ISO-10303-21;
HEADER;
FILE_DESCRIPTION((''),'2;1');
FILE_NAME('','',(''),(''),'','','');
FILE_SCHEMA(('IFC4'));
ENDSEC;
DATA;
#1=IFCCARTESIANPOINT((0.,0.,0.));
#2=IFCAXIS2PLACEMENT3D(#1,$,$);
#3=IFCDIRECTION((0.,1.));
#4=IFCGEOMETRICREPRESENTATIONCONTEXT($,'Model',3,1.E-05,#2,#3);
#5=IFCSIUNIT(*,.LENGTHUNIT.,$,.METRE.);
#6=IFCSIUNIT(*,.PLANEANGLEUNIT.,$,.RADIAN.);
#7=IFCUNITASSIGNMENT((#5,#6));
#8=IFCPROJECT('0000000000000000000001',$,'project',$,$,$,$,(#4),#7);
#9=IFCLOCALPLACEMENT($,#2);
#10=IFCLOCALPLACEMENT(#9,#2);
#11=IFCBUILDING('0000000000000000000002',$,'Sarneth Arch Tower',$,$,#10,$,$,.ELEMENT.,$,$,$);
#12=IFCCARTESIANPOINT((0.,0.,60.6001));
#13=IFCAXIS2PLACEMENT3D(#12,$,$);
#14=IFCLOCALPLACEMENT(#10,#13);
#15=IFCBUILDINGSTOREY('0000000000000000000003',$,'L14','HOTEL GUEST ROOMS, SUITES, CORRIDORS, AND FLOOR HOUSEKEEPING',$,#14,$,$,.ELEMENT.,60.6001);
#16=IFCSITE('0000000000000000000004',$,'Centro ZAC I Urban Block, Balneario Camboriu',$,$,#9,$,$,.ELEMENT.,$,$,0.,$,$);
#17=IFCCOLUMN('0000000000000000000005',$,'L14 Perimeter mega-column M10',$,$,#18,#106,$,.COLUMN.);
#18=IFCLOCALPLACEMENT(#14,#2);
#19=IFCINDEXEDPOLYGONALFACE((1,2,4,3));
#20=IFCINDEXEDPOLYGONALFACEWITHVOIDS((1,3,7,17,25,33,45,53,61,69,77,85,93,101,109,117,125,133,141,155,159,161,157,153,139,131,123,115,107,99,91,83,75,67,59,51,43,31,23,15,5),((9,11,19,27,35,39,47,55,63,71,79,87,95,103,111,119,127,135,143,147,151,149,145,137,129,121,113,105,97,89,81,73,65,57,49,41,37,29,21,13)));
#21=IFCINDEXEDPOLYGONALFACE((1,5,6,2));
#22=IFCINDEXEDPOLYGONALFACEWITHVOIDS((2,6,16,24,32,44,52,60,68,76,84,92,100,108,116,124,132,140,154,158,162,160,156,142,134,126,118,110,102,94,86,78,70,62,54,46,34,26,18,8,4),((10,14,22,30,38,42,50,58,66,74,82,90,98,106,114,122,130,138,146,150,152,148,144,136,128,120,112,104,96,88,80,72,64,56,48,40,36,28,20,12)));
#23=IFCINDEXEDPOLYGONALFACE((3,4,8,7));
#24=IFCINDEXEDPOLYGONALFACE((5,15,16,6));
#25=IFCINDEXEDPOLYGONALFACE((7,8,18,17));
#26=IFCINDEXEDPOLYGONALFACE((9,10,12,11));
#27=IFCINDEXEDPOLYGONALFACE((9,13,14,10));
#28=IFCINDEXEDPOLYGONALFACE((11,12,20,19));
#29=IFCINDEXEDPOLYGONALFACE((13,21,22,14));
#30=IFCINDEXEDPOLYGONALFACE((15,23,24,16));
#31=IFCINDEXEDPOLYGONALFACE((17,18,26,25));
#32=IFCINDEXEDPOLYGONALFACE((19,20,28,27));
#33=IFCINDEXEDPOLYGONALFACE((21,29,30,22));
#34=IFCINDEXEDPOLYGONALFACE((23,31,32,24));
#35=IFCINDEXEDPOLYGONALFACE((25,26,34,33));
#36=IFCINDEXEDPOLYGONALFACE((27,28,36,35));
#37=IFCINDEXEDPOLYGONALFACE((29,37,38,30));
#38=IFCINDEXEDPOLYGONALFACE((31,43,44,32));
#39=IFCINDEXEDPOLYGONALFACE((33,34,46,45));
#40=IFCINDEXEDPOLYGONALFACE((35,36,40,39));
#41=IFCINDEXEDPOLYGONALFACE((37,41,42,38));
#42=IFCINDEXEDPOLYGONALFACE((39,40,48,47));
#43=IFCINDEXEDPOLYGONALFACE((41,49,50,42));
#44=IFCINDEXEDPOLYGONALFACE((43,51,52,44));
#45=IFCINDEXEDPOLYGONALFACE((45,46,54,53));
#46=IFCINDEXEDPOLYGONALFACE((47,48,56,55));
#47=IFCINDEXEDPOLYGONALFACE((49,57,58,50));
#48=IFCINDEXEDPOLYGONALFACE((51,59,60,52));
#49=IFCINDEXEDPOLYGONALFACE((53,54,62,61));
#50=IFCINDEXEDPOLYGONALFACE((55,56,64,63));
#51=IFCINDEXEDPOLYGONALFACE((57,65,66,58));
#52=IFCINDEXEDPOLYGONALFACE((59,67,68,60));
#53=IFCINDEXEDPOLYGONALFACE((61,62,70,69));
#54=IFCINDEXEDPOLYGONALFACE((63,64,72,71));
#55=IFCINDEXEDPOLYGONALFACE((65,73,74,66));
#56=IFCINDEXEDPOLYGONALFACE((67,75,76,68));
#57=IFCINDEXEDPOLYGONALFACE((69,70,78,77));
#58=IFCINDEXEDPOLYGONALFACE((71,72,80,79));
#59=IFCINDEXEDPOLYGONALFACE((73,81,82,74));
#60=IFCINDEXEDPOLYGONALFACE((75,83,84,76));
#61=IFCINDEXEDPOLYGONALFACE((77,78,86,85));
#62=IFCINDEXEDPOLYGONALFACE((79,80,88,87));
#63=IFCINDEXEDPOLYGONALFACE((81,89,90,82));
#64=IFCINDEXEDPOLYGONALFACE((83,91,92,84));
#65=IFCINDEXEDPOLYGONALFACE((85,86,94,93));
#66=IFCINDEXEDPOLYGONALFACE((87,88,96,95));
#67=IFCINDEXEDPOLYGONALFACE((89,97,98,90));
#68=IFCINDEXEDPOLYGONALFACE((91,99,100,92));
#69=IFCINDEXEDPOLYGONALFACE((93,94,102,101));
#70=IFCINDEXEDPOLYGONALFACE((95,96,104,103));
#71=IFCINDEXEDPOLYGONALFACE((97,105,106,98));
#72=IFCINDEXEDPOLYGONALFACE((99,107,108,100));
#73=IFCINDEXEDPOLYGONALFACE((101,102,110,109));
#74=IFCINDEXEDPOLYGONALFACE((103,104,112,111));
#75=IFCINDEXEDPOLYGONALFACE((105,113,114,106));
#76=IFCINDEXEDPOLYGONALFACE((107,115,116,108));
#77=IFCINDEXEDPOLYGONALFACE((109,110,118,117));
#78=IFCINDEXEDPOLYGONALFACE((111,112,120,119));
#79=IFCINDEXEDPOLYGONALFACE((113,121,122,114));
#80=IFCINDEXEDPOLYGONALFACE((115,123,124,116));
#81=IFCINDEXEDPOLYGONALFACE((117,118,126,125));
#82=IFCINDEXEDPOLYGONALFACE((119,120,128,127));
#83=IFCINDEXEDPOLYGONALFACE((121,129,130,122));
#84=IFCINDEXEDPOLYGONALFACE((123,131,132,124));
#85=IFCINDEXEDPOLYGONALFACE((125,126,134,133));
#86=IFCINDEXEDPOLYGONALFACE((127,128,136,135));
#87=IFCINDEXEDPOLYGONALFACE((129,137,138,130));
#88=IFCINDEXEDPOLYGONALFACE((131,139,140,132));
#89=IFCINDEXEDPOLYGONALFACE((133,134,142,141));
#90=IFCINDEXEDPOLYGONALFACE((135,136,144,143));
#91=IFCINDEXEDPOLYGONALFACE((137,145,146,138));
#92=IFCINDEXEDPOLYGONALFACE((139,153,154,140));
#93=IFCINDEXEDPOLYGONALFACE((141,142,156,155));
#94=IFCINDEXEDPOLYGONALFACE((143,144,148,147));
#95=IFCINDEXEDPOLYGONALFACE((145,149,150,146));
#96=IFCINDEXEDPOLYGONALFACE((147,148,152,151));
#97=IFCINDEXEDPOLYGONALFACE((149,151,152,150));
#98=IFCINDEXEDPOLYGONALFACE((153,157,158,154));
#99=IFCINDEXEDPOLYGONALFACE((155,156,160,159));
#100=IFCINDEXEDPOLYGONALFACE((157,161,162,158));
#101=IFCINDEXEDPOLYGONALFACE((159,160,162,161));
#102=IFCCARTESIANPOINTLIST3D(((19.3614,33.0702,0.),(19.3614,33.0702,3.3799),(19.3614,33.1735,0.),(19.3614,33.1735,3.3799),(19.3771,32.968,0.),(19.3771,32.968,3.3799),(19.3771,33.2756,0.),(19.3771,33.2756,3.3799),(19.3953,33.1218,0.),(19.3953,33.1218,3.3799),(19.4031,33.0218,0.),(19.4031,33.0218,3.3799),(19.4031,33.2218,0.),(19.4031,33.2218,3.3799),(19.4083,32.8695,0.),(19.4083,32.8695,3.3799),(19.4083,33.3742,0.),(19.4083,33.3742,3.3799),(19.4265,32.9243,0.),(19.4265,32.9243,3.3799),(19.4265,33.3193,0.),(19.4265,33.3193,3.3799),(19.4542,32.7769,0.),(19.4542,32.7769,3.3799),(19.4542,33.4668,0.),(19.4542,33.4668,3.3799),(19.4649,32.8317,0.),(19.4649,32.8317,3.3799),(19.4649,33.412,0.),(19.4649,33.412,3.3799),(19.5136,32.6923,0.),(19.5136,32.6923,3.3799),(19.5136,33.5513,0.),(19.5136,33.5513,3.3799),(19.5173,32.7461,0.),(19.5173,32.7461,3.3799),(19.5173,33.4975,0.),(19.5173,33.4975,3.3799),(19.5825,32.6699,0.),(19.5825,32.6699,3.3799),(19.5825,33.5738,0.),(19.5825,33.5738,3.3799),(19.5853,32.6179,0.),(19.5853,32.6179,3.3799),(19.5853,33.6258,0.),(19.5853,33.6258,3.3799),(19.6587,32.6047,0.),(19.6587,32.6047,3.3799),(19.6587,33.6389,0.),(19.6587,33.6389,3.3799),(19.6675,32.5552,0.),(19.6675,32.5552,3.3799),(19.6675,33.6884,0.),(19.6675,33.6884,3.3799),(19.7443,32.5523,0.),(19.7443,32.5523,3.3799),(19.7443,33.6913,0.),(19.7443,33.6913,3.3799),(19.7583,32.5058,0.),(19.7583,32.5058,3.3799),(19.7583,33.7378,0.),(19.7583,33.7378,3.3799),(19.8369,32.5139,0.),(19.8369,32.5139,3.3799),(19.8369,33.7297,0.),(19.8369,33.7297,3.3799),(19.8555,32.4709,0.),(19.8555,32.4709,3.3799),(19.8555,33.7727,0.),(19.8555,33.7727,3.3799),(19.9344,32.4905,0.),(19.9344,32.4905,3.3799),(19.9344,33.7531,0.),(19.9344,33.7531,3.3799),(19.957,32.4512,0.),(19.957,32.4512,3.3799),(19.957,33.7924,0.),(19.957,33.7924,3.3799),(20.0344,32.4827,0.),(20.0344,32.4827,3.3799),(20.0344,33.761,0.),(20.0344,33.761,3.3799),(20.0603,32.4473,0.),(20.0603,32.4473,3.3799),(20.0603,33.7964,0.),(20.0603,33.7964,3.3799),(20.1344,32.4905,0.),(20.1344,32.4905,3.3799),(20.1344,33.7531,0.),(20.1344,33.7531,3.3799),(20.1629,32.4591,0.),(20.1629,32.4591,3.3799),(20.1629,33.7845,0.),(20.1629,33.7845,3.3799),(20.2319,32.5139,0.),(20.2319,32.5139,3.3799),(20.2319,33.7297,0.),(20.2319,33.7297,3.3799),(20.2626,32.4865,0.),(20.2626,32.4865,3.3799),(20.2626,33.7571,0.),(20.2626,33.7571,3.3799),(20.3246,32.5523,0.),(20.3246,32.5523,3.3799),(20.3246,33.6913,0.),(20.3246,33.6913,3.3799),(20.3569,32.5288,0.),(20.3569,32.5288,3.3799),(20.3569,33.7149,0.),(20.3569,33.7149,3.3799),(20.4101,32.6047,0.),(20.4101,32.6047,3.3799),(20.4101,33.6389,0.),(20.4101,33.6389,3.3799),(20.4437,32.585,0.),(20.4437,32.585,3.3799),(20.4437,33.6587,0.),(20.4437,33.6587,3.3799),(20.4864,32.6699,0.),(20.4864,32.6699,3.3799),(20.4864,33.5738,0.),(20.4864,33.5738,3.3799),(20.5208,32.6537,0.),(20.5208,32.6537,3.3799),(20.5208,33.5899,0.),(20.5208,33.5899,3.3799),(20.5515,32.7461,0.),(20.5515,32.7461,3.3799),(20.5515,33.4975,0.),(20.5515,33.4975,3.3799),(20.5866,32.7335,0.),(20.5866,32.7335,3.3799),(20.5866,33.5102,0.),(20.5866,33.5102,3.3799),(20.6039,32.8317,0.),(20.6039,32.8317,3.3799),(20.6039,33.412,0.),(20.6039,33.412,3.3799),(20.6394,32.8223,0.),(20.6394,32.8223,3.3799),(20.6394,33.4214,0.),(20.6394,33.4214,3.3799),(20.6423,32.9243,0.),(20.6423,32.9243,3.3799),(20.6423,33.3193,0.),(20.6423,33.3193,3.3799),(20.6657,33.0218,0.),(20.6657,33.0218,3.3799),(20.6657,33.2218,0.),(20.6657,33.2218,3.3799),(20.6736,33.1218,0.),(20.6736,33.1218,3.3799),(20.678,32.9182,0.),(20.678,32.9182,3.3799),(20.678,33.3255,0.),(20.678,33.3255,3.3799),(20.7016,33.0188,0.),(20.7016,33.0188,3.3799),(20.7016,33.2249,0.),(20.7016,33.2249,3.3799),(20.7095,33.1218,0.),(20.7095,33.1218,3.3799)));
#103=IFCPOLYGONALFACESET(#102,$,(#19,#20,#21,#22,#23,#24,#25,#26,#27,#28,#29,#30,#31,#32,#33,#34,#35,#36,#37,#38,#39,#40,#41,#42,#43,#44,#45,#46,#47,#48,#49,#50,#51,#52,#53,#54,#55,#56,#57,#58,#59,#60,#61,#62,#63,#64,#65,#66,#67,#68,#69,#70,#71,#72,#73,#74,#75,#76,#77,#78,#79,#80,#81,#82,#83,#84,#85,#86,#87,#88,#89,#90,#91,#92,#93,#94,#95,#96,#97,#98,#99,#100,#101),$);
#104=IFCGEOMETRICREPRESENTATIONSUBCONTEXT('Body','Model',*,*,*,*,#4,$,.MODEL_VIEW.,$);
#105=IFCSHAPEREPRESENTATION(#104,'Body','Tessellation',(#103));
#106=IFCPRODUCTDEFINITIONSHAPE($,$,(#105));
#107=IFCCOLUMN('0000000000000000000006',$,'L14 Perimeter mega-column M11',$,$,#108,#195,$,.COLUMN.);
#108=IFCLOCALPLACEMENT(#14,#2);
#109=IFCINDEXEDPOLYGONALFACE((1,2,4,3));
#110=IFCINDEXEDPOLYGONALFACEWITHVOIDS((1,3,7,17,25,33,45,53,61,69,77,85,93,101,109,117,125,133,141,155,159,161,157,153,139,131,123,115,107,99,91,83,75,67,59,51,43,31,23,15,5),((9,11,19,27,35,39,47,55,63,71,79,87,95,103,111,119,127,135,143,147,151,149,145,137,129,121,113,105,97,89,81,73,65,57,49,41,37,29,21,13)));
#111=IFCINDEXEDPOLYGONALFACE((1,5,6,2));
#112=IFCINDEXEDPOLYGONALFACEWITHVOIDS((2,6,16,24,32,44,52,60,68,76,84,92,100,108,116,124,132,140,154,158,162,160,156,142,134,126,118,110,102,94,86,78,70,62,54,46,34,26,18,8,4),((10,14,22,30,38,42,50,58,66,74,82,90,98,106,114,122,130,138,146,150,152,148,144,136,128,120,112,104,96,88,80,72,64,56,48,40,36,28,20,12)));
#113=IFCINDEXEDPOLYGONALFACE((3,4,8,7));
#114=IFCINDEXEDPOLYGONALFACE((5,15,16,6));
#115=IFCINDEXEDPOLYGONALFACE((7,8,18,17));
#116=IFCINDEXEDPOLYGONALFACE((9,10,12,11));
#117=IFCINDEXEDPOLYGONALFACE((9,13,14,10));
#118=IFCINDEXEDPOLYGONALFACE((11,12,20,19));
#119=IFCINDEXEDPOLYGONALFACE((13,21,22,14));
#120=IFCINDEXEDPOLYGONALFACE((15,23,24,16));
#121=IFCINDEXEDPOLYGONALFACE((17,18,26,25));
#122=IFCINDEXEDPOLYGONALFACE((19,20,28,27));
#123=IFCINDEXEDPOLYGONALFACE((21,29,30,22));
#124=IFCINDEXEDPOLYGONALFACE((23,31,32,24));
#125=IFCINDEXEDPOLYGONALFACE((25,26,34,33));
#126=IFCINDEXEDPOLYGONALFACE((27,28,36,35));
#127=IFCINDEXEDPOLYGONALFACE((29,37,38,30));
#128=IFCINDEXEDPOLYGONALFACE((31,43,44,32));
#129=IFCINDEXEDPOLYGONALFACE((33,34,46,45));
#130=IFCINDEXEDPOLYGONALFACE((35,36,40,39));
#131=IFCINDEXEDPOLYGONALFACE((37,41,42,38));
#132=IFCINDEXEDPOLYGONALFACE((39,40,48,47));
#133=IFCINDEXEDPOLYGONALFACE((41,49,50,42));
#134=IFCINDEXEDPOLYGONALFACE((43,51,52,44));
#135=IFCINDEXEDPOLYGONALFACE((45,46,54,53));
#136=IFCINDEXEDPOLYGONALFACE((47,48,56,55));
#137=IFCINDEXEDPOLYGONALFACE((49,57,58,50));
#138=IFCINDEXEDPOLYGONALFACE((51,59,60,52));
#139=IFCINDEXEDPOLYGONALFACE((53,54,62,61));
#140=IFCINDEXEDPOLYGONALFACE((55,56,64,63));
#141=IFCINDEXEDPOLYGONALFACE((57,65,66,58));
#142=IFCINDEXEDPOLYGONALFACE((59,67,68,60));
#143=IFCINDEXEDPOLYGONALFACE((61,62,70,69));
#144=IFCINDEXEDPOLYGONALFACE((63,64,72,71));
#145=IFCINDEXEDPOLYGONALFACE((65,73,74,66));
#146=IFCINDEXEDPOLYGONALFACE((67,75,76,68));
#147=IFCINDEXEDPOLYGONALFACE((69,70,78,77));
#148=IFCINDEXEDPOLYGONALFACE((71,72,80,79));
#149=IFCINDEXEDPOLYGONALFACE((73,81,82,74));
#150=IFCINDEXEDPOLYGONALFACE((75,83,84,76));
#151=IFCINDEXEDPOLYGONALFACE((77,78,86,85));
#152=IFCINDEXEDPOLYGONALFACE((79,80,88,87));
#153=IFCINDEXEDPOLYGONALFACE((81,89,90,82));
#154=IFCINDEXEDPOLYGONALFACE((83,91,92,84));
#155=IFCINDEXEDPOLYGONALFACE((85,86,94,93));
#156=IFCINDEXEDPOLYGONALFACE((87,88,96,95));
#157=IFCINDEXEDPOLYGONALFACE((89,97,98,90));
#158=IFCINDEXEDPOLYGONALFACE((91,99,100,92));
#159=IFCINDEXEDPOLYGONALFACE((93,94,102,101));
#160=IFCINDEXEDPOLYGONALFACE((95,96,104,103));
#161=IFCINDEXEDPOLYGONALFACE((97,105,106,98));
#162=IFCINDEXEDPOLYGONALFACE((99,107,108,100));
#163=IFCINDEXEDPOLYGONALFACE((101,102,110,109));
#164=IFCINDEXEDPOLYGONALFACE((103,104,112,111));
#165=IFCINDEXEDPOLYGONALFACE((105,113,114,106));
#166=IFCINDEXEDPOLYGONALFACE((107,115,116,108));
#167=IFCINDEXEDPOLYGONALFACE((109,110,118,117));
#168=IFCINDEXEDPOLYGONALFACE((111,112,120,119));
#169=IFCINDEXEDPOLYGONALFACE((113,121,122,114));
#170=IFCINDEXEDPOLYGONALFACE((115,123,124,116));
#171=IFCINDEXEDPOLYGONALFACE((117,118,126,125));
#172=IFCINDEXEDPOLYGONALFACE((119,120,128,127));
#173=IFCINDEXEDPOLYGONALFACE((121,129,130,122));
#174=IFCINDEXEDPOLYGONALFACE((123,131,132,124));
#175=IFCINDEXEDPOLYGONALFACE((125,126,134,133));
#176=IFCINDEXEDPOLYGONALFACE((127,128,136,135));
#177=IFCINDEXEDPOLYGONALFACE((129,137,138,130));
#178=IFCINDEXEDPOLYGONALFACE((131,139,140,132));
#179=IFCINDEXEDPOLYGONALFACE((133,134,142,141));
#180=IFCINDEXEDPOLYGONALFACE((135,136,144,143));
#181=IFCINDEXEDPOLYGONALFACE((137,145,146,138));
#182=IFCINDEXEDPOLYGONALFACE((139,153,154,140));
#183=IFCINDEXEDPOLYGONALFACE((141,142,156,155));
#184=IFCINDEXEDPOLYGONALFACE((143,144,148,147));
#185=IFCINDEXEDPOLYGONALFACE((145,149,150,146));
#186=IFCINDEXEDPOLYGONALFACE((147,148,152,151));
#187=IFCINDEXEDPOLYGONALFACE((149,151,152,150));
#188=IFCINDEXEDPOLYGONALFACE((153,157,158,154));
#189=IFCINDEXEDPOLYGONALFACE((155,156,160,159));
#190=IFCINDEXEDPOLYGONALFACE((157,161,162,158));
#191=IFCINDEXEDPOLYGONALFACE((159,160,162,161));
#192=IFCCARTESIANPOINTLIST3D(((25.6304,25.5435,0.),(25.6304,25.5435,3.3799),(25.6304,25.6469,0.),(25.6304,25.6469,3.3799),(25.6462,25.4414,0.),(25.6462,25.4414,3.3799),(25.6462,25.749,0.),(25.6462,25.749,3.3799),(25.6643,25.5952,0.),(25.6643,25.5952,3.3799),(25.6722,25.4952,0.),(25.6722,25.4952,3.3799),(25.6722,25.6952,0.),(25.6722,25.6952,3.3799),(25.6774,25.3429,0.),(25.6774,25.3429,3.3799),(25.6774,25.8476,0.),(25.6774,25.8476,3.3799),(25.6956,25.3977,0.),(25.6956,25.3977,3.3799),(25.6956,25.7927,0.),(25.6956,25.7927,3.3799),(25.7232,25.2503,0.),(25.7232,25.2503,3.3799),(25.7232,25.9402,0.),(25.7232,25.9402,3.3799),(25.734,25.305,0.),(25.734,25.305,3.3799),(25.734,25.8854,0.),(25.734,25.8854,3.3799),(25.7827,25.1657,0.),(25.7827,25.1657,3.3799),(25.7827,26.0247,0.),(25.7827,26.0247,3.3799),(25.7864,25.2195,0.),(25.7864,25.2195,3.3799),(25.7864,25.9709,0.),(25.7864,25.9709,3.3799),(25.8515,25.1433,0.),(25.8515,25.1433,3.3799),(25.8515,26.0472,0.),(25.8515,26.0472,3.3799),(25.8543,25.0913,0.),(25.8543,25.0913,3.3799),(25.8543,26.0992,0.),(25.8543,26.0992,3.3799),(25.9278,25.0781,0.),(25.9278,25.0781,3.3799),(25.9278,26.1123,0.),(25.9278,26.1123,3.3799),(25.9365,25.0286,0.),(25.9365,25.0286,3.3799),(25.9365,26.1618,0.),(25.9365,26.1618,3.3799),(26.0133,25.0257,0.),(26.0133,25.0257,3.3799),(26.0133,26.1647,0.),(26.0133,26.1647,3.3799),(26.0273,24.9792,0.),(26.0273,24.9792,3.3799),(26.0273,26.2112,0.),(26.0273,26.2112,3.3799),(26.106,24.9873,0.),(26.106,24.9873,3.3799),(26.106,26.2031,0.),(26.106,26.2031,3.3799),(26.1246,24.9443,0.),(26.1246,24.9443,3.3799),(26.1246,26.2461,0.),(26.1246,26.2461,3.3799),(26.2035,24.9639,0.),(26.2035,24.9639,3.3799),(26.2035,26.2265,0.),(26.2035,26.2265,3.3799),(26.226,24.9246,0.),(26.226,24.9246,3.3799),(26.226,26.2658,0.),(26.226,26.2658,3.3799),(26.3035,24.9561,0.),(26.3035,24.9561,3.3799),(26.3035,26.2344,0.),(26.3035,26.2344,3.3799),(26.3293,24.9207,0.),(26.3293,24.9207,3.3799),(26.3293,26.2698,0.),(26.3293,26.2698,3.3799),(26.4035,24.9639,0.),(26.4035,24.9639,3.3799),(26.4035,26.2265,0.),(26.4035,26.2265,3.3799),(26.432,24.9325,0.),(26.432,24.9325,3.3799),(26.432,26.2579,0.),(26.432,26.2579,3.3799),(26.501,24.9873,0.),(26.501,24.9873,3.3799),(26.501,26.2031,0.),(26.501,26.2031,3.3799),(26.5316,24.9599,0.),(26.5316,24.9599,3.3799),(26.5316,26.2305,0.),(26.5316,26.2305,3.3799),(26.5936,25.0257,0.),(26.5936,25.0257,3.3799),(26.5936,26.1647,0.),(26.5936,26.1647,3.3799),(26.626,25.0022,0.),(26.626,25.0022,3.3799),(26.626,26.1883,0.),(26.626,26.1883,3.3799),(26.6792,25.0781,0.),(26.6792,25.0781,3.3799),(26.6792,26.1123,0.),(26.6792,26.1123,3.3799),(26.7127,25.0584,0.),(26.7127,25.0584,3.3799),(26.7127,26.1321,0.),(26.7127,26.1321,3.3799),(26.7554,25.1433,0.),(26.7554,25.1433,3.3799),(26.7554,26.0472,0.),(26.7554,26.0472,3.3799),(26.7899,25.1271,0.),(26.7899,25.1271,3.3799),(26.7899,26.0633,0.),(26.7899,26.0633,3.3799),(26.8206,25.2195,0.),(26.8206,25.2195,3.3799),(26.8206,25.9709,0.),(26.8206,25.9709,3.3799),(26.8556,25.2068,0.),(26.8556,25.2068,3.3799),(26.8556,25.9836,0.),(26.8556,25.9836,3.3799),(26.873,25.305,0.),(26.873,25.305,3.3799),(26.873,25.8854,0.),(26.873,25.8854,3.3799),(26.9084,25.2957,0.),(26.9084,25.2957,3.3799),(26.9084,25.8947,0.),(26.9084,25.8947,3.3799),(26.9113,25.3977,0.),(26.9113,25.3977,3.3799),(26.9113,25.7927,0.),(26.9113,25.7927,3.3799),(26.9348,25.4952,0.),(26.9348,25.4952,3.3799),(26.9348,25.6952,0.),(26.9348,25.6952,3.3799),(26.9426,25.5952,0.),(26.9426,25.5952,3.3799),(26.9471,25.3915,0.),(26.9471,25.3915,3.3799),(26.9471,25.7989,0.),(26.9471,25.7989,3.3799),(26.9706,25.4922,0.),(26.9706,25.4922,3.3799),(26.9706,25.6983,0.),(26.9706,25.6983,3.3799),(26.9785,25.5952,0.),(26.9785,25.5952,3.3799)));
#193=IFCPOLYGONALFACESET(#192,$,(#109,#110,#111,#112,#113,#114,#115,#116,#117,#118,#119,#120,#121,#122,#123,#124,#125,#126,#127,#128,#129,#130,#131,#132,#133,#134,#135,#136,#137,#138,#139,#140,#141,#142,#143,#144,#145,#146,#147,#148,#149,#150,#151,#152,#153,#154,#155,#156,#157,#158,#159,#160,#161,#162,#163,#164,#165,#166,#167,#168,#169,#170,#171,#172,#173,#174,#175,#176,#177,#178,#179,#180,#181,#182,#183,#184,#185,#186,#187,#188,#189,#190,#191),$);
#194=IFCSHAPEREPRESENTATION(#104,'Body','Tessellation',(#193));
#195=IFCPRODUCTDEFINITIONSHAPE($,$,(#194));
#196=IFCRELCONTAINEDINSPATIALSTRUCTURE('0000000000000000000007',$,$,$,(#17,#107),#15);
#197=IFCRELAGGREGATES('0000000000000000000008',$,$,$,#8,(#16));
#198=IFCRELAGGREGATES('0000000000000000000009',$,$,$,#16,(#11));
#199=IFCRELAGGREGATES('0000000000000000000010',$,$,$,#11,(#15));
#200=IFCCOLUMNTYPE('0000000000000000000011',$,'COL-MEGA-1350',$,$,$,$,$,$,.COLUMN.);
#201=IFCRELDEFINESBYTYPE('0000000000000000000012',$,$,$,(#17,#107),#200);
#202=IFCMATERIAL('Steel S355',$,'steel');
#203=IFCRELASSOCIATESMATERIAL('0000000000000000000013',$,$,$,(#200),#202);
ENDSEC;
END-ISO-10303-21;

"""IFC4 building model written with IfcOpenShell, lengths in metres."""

from ifc_helpers import new_model, si_unit, direction, frame, origin, origin_2d, place, context, subcontext, project, spatial, hollow_circle, extrude, material, material_profile, profile_set, type_object, element, save


model = new_model("IFC4")

# Units and contexts
model_context = context("Model", 3, precision=1e-05, world=origin(), true_north=direction((0.0, 1.0)))
body_context = subcontext(model_context, "Body", "Model", "MODEL_VIEW")
ifc_project = project(units=[si_unit("LENGTHUNIT", "METRE"), si_unit("PLANEANGLEUNIT", "RADIAN")], contexts=[model_context])

# Site, building, storey
site_placement = place(None, origin())
site = spatial("IfcSite", under=ifc_project, at=site_placement, Name="Centro ZAC I Urban Block, Balneario Camboriu", CompositionType="ELEMENT", RefElevation=0.0)
building_placement = place(site_placement, origin())
building = spatial("IfcBuilding", under=site, at=building_placement, Name="Sarneth Arch Tower", CompositionType="ELEMENT")
storey_placement = place(building_placement, frame((0.0, 0.0, 60.6001)))
storey = spatial("IfcBuildingStorey", under=building, at=storey_placement, Name="L14", Description="HOTEL GUEST ROOMS, SUITES, CORRIDORS, AND FLOOR HOUSEKEEPING", CompositionType="ELEMENT", Elevation=60.6001)

# Columns
ifc_material_1 = material(Name="Steel S355", Category="steel")
ifc_material_profile_1 = material_profile(ifc_material_1, hollow_circle(Radius=0.675, WallThickness=0.0359, at=origin_2d()), Name="CHS1350x36")
ifc_profile_set_1 = profile_set([ifc_material_profile_1], Name="Steel S355")
column_type = type_object("IfcColumnType", Name="COL-MEGA-1350", PredefinedType="COLUMN", material=ifc_profile_set_1)
for number, where, z_axis, x_axis, name in (
    (1, (20.0344, 33.1218, 0.0), (0.0, 0.0, 1.0), (1.0, 0.0, 0.0), "L14 Perimeter mega-column M10"),
    (2, (26.3035, 25.5952, 0.0), (0.0, 0.0, 1.0), (1.0, 0.0, 0.0), "L14 Perimeter mega-column M11"),
):
    element("IfcColumn", number, at=place(storey_placement, frame(where, z_axis=z_axis, x_axis=x_axis)), inside=storey, type_object=column_type, Name=name, PredefinedType="COLUMN", context=body_context, shape_type="SweptSolid", body=[
        extrude(hollow_circle(Radius=0.675, WallThickness=0.0359, at=origin_2d()), origin(), (0.0, 0.0, 1.0), 3.3799),
    ])

save(model, "model.ifc")
